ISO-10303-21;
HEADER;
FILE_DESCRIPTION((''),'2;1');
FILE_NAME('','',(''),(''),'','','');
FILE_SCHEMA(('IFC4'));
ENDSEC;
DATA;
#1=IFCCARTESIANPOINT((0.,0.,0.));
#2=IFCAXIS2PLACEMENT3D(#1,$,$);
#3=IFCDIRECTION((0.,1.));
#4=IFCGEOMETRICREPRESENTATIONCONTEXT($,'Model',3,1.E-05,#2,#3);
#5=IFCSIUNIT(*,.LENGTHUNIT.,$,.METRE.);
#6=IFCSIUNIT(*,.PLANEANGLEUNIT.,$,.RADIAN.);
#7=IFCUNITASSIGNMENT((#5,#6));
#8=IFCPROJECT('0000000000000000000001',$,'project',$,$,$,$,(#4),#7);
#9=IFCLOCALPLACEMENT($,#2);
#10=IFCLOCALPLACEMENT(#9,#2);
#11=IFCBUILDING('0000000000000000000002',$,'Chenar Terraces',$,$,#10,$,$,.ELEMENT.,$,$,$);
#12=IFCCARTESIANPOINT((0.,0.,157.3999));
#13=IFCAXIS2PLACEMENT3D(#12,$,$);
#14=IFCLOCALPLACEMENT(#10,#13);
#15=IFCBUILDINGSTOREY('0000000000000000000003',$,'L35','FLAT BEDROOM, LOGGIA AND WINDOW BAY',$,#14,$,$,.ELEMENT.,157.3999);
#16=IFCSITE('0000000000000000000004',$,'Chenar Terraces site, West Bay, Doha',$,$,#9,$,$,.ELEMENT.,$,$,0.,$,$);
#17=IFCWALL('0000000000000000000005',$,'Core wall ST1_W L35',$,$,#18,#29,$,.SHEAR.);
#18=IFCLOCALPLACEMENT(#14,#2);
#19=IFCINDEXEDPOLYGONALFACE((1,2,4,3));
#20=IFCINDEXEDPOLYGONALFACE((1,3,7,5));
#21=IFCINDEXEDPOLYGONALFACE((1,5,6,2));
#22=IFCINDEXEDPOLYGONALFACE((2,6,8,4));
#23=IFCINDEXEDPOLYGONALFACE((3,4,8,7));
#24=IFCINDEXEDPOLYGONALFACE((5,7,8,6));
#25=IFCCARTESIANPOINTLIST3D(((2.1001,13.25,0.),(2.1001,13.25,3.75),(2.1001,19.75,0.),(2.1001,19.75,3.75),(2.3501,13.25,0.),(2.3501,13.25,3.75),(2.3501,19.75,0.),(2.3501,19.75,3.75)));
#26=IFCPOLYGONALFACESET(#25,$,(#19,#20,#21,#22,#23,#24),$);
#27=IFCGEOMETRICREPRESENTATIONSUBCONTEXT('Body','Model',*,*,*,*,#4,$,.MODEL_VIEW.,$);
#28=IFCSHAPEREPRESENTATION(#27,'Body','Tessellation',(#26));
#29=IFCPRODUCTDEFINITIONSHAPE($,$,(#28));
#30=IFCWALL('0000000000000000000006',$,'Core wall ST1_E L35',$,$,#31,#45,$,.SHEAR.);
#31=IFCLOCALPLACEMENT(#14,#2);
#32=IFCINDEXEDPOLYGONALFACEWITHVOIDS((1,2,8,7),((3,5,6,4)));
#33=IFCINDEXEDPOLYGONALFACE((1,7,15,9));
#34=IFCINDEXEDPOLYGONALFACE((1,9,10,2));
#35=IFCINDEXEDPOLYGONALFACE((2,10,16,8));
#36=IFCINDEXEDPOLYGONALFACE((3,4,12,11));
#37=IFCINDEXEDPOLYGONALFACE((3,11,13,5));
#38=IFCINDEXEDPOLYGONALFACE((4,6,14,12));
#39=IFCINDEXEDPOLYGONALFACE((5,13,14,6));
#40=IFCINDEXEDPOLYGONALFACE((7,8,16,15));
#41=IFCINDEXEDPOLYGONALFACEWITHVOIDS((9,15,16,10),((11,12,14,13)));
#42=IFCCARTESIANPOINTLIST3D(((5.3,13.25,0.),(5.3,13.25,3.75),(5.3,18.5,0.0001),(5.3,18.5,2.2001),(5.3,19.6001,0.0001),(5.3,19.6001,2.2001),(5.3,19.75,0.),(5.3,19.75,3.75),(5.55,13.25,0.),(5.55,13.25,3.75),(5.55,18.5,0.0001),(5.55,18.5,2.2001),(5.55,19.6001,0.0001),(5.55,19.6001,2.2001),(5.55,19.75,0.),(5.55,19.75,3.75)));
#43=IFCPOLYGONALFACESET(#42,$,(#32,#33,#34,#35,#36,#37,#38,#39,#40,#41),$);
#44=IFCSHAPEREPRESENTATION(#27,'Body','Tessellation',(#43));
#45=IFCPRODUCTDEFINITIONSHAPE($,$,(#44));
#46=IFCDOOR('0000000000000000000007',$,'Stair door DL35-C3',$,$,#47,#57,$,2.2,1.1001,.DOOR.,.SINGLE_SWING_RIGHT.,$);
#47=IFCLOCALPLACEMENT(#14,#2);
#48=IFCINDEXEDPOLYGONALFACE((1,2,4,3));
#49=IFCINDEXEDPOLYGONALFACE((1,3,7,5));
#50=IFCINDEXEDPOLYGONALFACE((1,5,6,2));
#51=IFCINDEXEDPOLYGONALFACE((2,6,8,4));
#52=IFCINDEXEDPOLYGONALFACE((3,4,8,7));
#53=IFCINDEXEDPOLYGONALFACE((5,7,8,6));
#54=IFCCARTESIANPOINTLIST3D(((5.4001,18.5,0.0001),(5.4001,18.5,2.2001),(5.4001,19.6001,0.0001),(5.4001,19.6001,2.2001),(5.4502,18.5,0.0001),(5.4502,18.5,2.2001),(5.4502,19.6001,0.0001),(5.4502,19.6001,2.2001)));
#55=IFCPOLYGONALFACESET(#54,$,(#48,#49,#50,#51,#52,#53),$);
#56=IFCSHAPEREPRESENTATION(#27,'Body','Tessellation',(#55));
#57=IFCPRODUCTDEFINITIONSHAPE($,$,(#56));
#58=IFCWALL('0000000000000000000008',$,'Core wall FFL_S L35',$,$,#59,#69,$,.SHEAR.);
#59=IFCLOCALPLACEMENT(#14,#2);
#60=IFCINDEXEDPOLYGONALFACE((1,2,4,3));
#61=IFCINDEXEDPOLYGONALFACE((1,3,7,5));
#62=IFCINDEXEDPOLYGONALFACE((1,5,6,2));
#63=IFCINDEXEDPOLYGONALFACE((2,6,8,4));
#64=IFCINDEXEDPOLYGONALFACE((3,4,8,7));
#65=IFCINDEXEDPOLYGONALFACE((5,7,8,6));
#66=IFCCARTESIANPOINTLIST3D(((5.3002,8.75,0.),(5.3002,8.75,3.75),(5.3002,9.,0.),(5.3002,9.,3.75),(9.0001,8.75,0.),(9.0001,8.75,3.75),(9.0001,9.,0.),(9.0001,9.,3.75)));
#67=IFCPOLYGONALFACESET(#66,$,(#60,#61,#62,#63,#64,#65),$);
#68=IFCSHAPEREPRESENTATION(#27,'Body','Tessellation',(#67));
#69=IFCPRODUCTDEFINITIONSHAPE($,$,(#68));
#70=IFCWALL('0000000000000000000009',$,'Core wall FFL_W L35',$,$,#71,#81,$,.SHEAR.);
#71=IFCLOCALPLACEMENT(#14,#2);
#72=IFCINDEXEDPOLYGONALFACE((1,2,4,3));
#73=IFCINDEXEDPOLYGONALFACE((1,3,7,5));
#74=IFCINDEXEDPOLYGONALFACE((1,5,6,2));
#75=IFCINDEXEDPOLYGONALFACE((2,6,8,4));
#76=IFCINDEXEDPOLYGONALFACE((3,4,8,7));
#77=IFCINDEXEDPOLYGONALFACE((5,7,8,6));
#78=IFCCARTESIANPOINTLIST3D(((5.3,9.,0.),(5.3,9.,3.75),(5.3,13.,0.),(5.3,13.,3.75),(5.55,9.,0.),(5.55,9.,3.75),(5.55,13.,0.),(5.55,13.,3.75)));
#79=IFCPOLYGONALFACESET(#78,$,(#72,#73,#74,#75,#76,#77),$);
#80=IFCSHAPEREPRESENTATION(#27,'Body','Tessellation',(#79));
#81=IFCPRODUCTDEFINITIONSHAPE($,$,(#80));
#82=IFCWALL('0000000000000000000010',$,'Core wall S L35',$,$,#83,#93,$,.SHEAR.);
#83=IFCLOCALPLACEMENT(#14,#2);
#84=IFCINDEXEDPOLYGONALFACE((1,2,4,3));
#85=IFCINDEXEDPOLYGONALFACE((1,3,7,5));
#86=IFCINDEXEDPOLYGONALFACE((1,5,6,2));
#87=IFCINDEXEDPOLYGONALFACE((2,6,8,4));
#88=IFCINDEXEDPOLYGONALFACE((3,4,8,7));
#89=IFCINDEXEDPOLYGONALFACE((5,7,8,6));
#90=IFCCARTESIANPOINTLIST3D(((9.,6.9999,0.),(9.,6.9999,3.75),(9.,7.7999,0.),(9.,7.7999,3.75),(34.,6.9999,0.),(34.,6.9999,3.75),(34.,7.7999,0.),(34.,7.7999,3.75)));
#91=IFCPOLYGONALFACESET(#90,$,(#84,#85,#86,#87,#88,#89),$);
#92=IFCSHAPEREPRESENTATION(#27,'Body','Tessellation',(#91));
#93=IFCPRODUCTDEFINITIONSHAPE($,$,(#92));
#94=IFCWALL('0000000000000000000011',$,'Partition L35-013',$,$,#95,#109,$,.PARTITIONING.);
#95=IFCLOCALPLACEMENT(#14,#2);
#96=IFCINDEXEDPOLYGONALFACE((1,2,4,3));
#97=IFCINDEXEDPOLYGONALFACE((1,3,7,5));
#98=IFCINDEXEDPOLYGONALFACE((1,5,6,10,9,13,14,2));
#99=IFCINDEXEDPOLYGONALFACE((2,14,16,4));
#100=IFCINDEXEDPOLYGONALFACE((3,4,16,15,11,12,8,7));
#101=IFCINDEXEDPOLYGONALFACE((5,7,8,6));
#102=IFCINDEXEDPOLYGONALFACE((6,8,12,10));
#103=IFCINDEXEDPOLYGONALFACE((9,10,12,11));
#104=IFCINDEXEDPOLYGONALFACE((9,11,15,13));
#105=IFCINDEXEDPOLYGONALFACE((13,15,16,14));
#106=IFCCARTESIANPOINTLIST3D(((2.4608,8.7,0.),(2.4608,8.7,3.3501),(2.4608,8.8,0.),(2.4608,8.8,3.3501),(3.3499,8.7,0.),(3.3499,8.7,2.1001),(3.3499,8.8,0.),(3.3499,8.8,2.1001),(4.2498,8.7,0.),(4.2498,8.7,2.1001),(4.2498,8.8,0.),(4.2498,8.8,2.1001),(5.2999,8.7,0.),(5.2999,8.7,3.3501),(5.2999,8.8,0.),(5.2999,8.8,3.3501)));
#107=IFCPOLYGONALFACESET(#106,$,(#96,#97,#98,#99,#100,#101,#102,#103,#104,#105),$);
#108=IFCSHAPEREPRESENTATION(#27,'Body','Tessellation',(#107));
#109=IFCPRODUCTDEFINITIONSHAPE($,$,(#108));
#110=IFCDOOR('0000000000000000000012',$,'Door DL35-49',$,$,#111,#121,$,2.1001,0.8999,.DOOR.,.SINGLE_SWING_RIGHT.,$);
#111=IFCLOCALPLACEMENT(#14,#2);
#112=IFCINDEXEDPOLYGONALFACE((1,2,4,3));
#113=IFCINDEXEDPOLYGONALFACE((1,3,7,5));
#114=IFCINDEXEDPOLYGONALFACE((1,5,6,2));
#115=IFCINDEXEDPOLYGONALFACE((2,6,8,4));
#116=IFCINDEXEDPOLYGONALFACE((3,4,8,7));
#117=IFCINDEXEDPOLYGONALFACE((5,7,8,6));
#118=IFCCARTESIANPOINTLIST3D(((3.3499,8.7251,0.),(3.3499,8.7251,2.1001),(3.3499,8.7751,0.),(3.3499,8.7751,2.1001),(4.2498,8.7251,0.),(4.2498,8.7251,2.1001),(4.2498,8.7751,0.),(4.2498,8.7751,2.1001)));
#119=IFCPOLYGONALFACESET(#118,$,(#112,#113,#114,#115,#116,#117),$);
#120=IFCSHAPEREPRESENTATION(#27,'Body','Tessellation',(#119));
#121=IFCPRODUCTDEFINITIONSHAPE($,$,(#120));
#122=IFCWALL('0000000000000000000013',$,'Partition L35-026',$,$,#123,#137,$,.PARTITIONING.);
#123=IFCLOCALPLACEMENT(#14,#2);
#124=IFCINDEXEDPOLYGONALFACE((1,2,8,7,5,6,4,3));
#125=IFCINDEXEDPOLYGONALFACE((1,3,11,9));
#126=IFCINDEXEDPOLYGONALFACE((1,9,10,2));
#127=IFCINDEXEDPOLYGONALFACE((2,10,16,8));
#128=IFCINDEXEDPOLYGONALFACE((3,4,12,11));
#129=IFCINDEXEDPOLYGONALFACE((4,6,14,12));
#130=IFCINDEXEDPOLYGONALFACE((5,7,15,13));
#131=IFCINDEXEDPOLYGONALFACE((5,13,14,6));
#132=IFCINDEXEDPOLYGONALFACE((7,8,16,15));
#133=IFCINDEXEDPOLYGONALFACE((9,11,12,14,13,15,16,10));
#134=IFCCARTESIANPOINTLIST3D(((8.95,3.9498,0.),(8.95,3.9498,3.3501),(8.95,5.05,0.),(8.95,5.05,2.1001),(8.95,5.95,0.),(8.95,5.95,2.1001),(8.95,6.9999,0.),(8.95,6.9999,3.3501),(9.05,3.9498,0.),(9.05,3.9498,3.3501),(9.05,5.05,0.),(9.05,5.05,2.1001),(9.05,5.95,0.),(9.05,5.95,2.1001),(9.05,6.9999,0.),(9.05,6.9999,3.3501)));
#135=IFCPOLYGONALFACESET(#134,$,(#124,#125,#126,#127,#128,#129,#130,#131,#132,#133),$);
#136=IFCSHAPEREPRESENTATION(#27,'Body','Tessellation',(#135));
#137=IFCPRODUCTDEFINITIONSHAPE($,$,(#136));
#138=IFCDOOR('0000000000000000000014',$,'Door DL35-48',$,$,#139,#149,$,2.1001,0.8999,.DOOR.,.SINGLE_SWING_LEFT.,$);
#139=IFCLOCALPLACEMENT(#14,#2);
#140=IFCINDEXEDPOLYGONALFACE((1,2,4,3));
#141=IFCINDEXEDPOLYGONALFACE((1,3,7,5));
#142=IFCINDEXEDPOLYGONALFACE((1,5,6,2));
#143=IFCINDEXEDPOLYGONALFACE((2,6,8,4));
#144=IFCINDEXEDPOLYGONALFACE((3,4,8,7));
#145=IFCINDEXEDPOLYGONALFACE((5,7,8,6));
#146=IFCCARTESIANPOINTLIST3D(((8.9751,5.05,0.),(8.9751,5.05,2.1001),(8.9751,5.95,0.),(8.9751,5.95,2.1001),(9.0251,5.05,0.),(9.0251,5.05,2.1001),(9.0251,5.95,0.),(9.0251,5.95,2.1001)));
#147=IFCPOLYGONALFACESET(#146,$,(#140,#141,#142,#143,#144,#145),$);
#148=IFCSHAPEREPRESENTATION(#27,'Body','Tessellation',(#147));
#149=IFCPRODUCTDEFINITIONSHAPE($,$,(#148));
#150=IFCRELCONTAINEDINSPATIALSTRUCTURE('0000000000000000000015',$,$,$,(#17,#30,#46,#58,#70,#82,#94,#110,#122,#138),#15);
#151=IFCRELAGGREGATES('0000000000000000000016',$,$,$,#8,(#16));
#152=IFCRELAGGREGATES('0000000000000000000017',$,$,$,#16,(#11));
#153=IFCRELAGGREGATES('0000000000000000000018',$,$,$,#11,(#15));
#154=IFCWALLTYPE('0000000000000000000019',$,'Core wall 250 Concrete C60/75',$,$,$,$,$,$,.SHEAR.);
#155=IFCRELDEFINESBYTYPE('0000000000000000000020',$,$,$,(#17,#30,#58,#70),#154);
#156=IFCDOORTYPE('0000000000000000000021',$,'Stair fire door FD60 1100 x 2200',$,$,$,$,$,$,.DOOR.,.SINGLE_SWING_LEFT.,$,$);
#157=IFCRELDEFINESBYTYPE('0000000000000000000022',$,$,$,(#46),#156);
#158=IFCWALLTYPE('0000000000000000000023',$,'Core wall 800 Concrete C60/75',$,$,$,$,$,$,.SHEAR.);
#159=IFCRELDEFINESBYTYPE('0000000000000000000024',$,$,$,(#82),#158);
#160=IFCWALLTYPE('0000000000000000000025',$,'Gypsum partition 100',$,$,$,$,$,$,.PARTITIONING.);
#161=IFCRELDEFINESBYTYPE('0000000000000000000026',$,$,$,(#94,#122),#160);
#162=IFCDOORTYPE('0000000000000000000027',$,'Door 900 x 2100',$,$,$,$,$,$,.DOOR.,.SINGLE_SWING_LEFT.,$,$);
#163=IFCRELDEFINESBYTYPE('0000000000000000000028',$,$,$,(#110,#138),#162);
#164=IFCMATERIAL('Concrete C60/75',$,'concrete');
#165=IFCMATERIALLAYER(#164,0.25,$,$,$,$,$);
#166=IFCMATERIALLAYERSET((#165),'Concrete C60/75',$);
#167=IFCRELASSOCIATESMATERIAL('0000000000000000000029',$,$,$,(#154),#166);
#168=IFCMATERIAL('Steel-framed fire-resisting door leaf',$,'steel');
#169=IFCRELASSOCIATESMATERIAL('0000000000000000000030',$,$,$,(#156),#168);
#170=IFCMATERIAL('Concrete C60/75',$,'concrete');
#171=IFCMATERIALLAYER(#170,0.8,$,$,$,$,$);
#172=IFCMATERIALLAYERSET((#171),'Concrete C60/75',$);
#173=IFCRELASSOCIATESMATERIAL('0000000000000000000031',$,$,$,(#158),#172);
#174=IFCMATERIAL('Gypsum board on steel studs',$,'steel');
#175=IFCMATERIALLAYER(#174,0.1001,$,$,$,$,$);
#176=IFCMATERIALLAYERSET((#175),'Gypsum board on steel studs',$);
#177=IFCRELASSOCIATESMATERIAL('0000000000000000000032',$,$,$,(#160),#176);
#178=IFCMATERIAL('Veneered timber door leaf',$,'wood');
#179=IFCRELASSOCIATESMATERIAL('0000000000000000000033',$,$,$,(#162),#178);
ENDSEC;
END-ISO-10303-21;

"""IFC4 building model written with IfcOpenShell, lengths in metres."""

from ifc_helpers import new_model, si_unit, direction, frame, frame_2d, origin, place, context, subcontext, project, spatial, rectangle, extrude, material, layer, layer_set, type_object, element, fill, save


model = new_model("IFC4")

# Units and contexts
model_context = context("Model", 3, precision=1e-05, world=origin(), true_north=direction((0.0, 1.0)))
body_context = subcontext(model_context, "Body", "Model", "MODEL_VIEW")
ifc_project = project(units=[si_unit("LENGTHUNIT", "METRE"), si_unit("PLANEANGLEUNIT", "RADIAN")], contexts=[model_context])

# Site, building, storey
site_placement = place(None, origin())
site = spatial("IfcSite", under=ifc_project, at=site_placement, Name="Chenar Terraces site, West Bay, Doha", CompositionType="ELEMENT", RefElevation=0.0)
building_placement = place(site_placement, origin())
building = spatial("IfcBuilding", under=site, at=building_placement, Name="Chenar Terraces", CompositionType="ELEMENT")
storey_placement = place(building_placement, frame((0.0, 0.0, 157.3999)))
storey = spatial("IfcBuildingStorey", under=building, at=storey_placement, Name="L35", Description="FLAT BEDROOM, LOGGIA AND WINDOW BAY", CompositionType="ELEMENT", Elevation=157.3999)

# Wall
ifc_material_1 = material(Name="Concrete C60/75", Category="concrete")
ifc_layer_1 = layer(ifc_material_1, 0.25)
ifc_layer_set_1 = layer_set([ifc_layer_1], Name="Concrete C60/75")
wall_type_1 = type_object("IfcWallType", Name="Core wall 250 Concrete C60/75", PredefinedType="SHEAR", material=ifc_layer_set_1)
wall_1_placement = place(storey_placement, frame((2.2251, 13.25, 0.0), z_axis=(0.0, 0.0, 1.0), x_axis=(0.0, 1.0, 0.0)))
element("IfcWall", 1, at=wall_1_placement, inside=storey, type_object=wall_type_1, Name="Core wall ST1_W L35", PredefinedType="SHEAR", context=body_context, shape_type="SweptSolid", body=[
    extrude(rectangle(XDim=6.5, YDim=0.25, at=frame_2d((3.25, 0.0))), origin(), (0.0, 0.0, 1.0), 3.75),
])

# Wall, opening, door
wall_2_placement = place(storey_placement, frame((5.425, 13.25, 0.0), z_axis=(0.0, 0.0, 1.0), x_axis=(0.0, 1.0, 0.0)))
wall_2 = element("IfcWall", 2, at=wall_2_placement, inside=storey, type_object=wall_type_1, Name="Core wall ST1_E L35", PredefinedType="SHEAR", context=body_context, shape_type="SweptSolid", body=[
    extrude(rectangle(XDim=6.5, YDim=0.25, at=frame_2d((3.25, 0.0))), origin(), (0.0, 0.0, 1.0), 3.75),
])
opening_1_placement = place(wall_2_placement, frame((5.25, 0.0, 0.0)))
opening_1 = element("IfcOpeningElement", 3, at=opening_1_placement, cuts=wall_2, PredefinedType="OPENING", context=body_context, shape_type="SweptSolid", body=[
    extrude(rectangle(XDim=1.1001, YDim=2.2, at=frame_2d((0.55, 1.1001))), frame((0.0, 0.135, 0.0), z_axis=(0.0, -1.0, 0.0), x_axis=(1.0, 0.0, 0.0)), (0.0, 0.0, 1.0), 0.27),
])
ifc_material_2 = material(Name="Steel-framed fire-resisting door leaf", Category="steel")
door_type_1 = type_object("IfcDoorType", Name="Stair fire door FD60 1100 x 2200", OperationType="SINGLE_SWING_LEFT", PredefinedType="DOOR", material=ifc_material_2)
door_1_placement = place(opening_1_placement, origin())
door_1 = element("IfcDoor", 4, at=door_1_placement, inside=storey, type_object=door_type_1, Name="Stair door DL35-C3", OperationType="SINGLE_SWING_RIGHT", OverallHeight=2.2, OverallWidth=1.1001, PredefinedType="DOOR", context=body_context, shape_type="SweptSolid", body=[
    extrude(rectangle(XDim=1.1001, YDim=2.2, at=frame_2d((0.55, 1.1001))), frame((0.0, 0.0249, 0.0), z_axis=(0.0, -1.0, 0.0), x_axis=(1.0, 0.0, 0.0)), (0.0, 0.0, 1.0), 0.05),
])
fill(opening_1, door_1)

# Walls
wall_3_placement = place(storey_placement, frame((5.3, 8.875, 0.0), z_axis=(0.0, 0.0, 1.0), x_axis=(1.0, 0.0, 0.0)))
element("IfcWall", 5, at=wall_3_placement, inside=storey, type_object=wall_type_1, Name="Core wall FFL_S L35", PredefinedType="SHEAR", context=body_context, shape_type="SweptSolid", body=[
    extrude(rectangle(XDim=3.7, YDim=0.25, at=frame_2d((1.8501, 0.0))), origin(), (0.0, 0.0, 1.0), 3.75),
])
wall_4_placement = place(storey_placement, frame((5.425, 9.0, 0.0), z_axis=(0.0, 0.0, 1.0), x_axis=(0.0, 1.0, 0.0)))
element("IfcWall", 6, at=wall_4_placement, inside=storey, type_object=wall_type_1, Name="Core wall FFL_W L35", PredefinedType="SHEAR", context=body_context, shape_type="SweptSolid", body=[
    extrude(rectangle(XDim=4.0, YDim=0.25, at=frame_2d((2.0, 0.0))), origin(), (0.0, 0.0, 1.0), 3.75),
])
ifc_material_3 = material(Name="Concrete C60/75", Category="concrete")
ifc_layer_2 = layer(ifc_material_3, 0.8)
ifc_layer_set_2 = layer_set([ifc_layer_2], Name="Concrete C60/75")
wall_type_2 = type_object("IfcWallType", Name="Core wall 800 Concrete C60/75", PredefinedType="SHEAR", material=ifc_layer_set_2)
wall_5_placement = place(storey_placement, frame((9.0, 7.3999, 0.0), z_axis=(0.0, 0.0, 1.0), x_axis=(1.0, 0.0, 0.0)))
element("IfcWall", 7, at=wall_5_placement, inside=storey, type_object=wall_type_2, Name="Core wall S L35", PredefinedType="SHEAR", context=body_context, shape_type="SweptSolid", body=[
    extrude(rectangle(XDim=25.0, YDim=0.8, at=frame_2d((12.5, 0.0))), origin(), (0.0, 0.0, 1.0), 3.75),
])

# Walls, openings, doors
ifc_material_4 = material(Name="Gypsum board on steel studs", Category="steel")
ifc_layer_3 = layer(ifc_material_4, 0.1001)
ifc_layer_set_3 = layer_set([ifc_layer_3], Name="Gypsum board on steel studs")
wall_type_3 = type_object("IfcWallType", Name="Gypsum partition 100", PredefinedType="PARTITIONING", material=ifc_layer_set_3)
wall_6_placement = place(storey_placement, frame((2.4609, 8.75, 0.0), z_axis=(0.0, 0.0, 1.0), x_axis=(1.0, 0.0, 0.0)))
wall_6 = element("IfcWall", 8, at=wall_6_placement, inside=storey, type_object=wall_type_3, Name="Partition L35-013", PredefinedType="PARTITIONING", context=body_context, shape_type="SweptSolid", body=[
    extrude(rectangle(XDim=2.8391, YDim=0.1001, at=frame_2d((1.4194, 0.0))), origin(), (0.0, 0.0, 1.0), 3.3501),
])
opening_2_placement = place(wall_6_placement, frame((0.8889, 0.0, 0.0)))
opening_2 = element("IfcOpeningElement", 9, at=opening_2_placement, cuts=wall_6, PredefinedType="OPENING", context=body_context, shape_type="SweptSolid", body=[
    extrude(rectangle(XDim=0.8999, YDim=2.1001, at=frame_2d((0.45, 1.05))), frame((0.0, 0.0601, 0.0), z_axis=(0.0, -1.0, 0.0), x_axis=(1.0, 0.0, 0.0)), (0.0, 0.0, 1.0), 0.1201),
])
ifc_material_5 = material(Name="Veneered timber door leaf", Category="wood")
door_type_2 = type_object("IfcDoorType", Name="Door 900 x 2100", OperationType="SINGLE_SWING_LEFT", PredefinedType="DOOR", material=ifc_material_5)
door_2_placement = place(opening_2_placement, frame((0.8999, 0.0, 0.0), z_axis=(0.0, 0.0, 1.0), x_axis=(-1.0, 0.0, 0.0)))
door_2 = element("IfcDoor", 10, at=door_2_placement, inside=storey, type_object=door_type_2, Name="Door DL35-49", OperationType="SINGLE_SWING_RIGHT", OverallHeight=2.1001, OverallWidth=0.8999, PredefinedType="DOOR", context=body_context, shape_type="SweptSolid", body=[
    extrude(rectangle(XDim=0.8999, YDim=2.1001, at=frame_2d((0.45, 1.05))), frame((0.0, 0.0249, 0.0), z_axis=(0.0, -1.0, 0.0), x_axis=(1.0, 0.0, 0.0)), (0.0, 0.0, 1.0), 0.05),
])
fill(opening_2, door_2)
wall_7_placement = place(storey_placement, frame((9.0, 3.95, 0.0), z_axis=(0.0, 0.0, 1.0), x_axis=(0.0, 1.0, 0.0)))
wall_7 = element("IfcWall", 11, at=wall_7_placement, inside=storey, type_object=wall_type_3, Name="Partition L35-026", PredefinedType="PARTITIONING", context=body_context, shape_type="SweptSolid", body=[
    extrude(rectangle(XDim=3.05, YDim=0.1001, at=frame_2d((1.5249, 0.0))), origin(), (0.0, 0.0, 1.0), 3.3501),
])
opening_3_placement = place(wall_7_placement, frame((1.1001, 0.0, 0.0)))
opening_3 = element("IfcOpeningElement", 12, at=opening_3_placement, cuts=wall_7, PredefinedType="OPENING", context=body_context, shape_type="SweptSolid", body=[
    extrude(rectangle(XDim=0.8999, YDim=2.1001, at=frame_2d((0.45, 1.05))), frame((0.0, 0.0601, 0.0), z_axis=(0.0, -1.0, 0.0), x_axis=(1.0, 0.0, 0.0)), (0.0, 0.0, 1.0), 0.1201),
])
door_3_placement = place(opening_3_placement, origin())
door_3 = element("IfcDoor", 13, at=door_3_placement, inside=storey, type_object=door_type_2, Name="Door DL35-48", OperationType="SINGLE_SWING_LEFT", OverallHeight=2.1001, OverallWidth=0.8999, PredefinedType="DOOR", context=body_context, shape_type="SweptSolid", body=[
    extrude(rectangle(XDim=0.8999, YDim=2.1001, at=frame_2d((0.45, 1.05))), frame((0.0, 0.0249, 0.0), z_axis=(0.0, -1.0, 0.0), x_axis=(1.0, 0.0, 0.0)), (0.0, 0.0, 1.0), 0.05),
])
fill(opening_3, door_3)

save(model, "model.ifc")
